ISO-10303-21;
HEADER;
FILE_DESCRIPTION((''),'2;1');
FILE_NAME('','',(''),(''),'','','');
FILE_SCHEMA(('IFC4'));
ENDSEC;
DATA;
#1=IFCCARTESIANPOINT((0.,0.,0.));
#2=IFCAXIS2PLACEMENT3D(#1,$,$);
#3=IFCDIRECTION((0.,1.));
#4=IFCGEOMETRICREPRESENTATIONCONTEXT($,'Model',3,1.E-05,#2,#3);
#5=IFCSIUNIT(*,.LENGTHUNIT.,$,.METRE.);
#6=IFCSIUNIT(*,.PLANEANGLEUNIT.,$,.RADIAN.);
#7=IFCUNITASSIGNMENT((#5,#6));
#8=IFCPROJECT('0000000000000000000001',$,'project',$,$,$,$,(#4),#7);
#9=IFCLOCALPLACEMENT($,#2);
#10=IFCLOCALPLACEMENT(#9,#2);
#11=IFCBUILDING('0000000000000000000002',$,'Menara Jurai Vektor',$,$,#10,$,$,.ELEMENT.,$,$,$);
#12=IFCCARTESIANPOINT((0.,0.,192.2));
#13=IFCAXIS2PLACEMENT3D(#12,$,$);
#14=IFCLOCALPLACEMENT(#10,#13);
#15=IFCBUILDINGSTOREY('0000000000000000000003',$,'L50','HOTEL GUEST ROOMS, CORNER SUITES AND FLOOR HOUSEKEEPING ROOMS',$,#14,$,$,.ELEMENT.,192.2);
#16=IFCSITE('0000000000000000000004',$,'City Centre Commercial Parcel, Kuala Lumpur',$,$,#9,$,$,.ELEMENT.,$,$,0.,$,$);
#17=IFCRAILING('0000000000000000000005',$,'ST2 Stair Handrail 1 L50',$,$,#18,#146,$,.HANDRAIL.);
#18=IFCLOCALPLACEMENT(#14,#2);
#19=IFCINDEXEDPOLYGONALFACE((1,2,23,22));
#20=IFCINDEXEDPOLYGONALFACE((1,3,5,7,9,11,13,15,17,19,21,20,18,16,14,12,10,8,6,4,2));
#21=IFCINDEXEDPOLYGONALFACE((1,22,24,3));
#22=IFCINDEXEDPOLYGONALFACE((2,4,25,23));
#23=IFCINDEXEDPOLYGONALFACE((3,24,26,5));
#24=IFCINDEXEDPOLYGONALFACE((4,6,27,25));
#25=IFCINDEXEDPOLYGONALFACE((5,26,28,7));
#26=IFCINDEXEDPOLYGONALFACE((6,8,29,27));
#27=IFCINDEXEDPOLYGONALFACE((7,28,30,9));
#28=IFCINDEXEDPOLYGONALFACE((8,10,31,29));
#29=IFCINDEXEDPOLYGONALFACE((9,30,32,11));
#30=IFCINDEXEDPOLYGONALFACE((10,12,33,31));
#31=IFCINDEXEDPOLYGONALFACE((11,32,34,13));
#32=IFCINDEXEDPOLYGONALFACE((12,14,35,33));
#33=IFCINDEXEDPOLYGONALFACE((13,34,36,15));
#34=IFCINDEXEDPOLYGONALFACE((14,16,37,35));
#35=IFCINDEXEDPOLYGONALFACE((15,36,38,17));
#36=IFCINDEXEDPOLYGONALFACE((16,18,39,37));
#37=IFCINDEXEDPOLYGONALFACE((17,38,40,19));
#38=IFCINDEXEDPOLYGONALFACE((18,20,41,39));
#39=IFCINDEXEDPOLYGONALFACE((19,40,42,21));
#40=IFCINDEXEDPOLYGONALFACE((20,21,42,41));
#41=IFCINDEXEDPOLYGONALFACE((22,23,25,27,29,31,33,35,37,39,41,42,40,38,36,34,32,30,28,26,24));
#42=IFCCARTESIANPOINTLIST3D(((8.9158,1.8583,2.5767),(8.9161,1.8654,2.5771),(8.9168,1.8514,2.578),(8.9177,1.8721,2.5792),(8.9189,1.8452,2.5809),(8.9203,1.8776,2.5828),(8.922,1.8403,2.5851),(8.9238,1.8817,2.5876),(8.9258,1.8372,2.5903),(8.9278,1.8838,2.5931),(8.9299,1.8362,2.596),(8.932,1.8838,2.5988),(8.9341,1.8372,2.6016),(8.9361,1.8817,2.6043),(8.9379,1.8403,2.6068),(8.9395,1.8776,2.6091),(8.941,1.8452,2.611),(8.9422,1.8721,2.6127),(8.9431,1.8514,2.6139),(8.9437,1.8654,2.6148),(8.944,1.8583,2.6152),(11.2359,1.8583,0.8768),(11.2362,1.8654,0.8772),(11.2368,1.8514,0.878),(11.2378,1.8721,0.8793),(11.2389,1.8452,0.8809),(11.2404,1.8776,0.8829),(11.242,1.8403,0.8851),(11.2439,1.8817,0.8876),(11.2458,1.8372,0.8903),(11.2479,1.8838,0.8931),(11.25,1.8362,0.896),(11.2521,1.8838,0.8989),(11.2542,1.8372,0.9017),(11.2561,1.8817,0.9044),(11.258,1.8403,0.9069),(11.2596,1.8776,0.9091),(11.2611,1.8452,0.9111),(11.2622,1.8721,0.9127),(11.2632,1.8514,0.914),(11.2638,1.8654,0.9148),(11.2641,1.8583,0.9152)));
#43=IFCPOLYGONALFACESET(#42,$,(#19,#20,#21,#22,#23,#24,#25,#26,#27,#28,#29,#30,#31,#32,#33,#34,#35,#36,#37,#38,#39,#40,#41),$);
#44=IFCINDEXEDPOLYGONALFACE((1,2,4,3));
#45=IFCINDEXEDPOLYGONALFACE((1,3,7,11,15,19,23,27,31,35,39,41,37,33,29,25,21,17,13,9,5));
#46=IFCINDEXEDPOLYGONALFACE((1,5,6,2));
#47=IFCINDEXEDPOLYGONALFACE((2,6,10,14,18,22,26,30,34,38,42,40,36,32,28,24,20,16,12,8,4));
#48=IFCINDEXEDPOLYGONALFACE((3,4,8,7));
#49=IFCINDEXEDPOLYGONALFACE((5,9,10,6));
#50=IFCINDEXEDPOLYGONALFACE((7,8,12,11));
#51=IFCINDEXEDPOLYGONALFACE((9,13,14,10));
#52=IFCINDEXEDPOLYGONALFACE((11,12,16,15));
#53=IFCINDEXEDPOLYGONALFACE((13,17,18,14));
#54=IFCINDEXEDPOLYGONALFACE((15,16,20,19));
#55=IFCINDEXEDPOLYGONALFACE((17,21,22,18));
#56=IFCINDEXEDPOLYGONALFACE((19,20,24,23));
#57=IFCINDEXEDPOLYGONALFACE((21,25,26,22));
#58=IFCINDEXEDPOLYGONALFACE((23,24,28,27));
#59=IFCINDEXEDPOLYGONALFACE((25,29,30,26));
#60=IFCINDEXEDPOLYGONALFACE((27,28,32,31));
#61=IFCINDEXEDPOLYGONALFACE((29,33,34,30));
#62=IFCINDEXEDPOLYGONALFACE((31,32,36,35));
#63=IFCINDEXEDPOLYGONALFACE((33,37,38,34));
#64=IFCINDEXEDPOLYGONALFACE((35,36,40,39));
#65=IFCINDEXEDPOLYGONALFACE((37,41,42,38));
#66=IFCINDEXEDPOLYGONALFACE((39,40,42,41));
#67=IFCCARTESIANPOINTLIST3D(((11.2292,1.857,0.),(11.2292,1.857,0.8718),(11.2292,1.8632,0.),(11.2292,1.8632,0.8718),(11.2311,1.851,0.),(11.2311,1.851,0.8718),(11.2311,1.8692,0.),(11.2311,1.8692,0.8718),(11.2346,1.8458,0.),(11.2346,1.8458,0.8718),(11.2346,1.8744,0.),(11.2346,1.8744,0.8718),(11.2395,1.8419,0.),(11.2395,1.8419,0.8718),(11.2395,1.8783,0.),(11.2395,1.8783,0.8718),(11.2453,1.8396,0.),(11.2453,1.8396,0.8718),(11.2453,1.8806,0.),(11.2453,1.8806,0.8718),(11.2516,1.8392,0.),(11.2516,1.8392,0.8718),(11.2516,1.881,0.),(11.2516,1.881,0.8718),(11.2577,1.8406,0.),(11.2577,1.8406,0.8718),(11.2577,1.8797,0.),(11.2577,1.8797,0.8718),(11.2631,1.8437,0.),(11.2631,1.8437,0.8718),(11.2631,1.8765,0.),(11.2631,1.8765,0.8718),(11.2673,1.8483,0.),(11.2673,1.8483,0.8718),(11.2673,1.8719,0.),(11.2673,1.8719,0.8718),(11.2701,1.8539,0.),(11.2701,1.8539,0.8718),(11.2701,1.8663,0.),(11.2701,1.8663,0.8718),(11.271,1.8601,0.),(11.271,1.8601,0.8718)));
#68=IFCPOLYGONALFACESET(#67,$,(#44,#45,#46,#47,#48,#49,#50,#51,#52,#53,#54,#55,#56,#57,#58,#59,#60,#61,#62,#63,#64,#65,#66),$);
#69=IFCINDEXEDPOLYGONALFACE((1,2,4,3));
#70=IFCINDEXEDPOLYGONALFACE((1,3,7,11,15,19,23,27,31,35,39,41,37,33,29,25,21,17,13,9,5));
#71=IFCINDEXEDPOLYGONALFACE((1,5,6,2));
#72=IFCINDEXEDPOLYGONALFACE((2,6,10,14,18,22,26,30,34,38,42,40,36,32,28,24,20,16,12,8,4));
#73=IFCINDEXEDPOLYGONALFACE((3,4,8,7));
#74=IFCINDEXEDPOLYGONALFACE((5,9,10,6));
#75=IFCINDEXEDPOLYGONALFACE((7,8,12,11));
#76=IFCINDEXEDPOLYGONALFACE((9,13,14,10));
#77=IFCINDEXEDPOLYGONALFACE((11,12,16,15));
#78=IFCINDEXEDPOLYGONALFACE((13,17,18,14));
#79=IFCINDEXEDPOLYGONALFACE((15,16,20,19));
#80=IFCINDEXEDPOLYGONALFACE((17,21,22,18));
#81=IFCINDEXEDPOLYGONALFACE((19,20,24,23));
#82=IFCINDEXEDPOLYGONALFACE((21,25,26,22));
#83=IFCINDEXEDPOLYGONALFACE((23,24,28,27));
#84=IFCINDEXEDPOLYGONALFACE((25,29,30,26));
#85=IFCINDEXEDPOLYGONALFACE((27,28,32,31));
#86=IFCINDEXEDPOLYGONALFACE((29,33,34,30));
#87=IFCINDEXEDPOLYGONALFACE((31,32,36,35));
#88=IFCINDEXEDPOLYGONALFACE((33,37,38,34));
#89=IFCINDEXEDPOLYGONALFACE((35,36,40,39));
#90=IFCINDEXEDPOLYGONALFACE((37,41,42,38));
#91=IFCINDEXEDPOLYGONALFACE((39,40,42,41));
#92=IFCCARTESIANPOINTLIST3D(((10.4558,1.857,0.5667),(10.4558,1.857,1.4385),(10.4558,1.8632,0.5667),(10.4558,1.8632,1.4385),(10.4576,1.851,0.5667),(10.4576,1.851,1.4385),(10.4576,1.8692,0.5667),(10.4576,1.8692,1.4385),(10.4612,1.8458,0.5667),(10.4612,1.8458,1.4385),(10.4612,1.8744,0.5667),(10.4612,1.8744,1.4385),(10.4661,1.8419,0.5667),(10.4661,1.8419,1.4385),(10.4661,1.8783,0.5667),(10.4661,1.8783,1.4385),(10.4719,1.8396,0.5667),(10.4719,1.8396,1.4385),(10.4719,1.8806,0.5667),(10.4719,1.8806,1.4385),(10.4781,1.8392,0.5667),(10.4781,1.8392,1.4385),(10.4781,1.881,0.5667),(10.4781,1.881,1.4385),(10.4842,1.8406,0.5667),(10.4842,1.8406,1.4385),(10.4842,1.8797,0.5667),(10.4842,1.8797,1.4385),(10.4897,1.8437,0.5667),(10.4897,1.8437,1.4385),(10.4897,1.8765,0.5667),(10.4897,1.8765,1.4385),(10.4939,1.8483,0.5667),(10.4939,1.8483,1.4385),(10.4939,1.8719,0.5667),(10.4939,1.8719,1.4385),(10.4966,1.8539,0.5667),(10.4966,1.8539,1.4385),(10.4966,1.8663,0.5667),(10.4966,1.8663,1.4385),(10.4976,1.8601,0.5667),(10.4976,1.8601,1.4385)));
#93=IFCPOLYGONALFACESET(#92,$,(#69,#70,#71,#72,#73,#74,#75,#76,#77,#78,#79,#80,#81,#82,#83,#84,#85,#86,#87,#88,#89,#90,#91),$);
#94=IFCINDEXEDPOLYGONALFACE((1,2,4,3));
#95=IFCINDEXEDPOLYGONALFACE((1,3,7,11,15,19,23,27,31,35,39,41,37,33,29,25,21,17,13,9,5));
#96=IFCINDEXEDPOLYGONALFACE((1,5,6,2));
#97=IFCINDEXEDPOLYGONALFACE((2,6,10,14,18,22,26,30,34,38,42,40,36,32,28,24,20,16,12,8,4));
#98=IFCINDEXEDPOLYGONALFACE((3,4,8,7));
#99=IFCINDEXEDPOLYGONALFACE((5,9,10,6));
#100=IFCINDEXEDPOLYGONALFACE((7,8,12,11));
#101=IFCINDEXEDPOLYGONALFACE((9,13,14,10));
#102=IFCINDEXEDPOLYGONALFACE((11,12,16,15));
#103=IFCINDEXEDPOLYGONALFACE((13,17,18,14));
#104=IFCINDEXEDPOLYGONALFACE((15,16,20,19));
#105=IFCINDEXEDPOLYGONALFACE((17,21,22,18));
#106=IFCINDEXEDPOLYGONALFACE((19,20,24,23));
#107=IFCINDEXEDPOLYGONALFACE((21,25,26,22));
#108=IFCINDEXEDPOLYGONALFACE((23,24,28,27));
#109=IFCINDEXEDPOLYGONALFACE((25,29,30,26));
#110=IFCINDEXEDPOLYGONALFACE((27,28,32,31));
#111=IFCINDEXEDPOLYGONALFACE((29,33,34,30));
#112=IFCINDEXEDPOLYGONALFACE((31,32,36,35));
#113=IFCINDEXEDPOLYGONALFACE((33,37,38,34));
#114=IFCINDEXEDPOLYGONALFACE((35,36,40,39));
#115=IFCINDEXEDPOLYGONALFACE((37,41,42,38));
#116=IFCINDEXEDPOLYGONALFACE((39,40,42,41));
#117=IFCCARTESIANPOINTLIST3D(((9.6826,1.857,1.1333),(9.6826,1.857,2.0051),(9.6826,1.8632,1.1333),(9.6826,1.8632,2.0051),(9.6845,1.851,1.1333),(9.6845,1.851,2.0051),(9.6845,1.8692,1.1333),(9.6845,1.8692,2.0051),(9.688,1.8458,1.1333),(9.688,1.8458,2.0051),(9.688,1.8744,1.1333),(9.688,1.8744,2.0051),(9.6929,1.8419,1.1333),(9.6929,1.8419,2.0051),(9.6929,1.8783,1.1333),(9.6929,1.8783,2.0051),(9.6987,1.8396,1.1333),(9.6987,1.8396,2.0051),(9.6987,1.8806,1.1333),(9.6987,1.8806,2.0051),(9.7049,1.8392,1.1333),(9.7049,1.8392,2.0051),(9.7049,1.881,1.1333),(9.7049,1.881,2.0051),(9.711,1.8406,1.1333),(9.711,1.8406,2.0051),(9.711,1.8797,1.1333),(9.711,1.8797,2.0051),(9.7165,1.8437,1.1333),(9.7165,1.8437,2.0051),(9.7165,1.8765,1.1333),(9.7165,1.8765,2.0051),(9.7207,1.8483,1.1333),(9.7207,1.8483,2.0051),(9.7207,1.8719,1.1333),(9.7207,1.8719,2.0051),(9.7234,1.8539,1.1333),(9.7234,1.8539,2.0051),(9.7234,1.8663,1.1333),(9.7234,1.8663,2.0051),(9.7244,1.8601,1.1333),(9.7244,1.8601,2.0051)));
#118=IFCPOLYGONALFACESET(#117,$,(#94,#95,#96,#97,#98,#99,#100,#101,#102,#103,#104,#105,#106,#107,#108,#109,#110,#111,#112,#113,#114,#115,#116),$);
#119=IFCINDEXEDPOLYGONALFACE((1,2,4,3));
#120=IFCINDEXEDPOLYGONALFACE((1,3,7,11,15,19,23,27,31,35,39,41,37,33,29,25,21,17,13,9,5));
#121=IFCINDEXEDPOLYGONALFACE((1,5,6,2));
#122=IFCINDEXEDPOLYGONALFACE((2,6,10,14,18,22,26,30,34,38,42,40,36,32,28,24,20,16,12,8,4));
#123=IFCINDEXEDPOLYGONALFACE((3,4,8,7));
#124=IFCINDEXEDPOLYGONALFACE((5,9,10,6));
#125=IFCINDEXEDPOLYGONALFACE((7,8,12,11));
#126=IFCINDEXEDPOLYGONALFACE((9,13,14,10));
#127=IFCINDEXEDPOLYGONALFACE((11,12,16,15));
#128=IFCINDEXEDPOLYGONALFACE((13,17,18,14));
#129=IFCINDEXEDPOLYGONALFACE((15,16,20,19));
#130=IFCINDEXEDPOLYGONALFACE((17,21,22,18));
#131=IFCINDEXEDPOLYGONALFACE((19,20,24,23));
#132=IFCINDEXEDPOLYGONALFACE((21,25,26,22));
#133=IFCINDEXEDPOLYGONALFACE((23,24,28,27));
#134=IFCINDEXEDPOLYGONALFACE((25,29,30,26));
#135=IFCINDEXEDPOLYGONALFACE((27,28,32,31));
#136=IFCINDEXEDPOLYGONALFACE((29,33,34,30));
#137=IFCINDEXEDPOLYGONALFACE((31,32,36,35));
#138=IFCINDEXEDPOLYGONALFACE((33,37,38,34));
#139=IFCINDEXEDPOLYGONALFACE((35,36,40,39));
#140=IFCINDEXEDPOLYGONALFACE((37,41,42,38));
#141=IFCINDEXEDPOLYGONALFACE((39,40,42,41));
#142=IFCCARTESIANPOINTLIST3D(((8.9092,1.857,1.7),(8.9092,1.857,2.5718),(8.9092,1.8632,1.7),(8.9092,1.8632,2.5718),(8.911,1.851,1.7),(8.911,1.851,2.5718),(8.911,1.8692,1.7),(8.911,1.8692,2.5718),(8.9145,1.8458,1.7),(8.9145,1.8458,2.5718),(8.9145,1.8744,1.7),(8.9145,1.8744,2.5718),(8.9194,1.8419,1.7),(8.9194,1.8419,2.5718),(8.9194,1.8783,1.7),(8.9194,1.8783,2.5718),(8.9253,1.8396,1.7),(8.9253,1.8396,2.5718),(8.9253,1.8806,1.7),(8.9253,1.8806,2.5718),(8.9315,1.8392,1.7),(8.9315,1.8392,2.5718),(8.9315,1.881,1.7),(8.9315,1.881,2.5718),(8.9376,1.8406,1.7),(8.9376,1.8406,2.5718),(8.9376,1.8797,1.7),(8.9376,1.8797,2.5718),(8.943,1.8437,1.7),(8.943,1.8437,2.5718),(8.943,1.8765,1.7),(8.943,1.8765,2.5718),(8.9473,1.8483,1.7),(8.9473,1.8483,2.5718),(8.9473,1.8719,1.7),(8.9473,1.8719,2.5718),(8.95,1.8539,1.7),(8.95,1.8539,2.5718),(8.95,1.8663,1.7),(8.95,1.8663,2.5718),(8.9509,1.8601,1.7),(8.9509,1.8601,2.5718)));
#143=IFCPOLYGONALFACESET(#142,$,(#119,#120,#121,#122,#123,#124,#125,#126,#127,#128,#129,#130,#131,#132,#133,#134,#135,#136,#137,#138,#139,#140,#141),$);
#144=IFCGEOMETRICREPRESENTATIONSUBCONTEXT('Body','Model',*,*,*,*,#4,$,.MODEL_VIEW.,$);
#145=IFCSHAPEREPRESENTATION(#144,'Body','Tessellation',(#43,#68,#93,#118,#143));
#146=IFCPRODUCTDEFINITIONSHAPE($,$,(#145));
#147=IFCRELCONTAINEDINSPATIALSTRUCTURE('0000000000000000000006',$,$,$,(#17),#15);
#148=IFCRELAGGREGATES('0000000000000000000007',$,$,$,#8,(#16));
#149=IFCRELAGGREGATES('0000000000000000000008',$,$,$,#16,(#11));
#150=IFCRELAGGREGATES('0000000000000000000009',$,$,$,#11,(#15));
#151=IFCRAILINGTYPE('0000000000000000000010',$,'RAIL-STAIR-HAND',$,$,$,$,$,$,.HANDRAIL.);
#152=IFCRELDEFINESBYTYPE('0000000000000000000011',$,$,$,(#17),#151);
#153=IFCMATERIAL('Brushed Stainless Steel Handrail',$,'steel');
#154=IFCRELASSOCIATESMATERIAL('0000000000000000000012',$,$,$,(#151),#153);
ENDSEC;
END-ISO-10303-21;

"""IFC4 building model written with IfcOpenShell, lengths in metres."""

from ifc_helpers import new_model, si_unit, direction, frame, origin, origin_2d, place, context, subcontext, project, spatial, circle, extrude, material, type_object, element, save


model = new_model("IFC4")

# Units and contexts
model_context = context("Model", 3, precision=1e-05, world=origin(), true_north=direction((0.0, 1.0)))
body_context = subcontext(model_context, "Body", "Model", "MODEL_VIEW")
ifc_project = project(units=[si_unit("LENGTHUNIT", "METRE"), si_unit("PLANEANGLEUNIT", "RADIAN")], contexts=[model_context])

# Site, building, storey
site_placement = place(None, origin())
site = spatial("IfcSite", under=ifc_project, at=site_placement, Name="City Centre Commercial Parcel, Kuala Lumpur", CompositionType="ELEMENT", RefElevation=0.0)
building_placement = place(site_placement, origin())
building = spatial("IfcBuilding", under=site, at=building_placement, Name="Menara Jurai Vektor", CompositionType="ELEMENT")
storey_placement = place(building_placement, frame((0.0, 0.0, 192.2)))
storey = spatial("IfcBuildingStorey", under=building, at=storey_placement, Name="L50", Description="HOTEL GUEST ROOMS, CORNER SUITES AND FLOOR HOUSEKEEPING ROOMS", CompositionType="ELEMENT", Elevation=192.2)

# Railing
ifc_material_1 = material(Name="Brushed Stainless Steel Handrail", Category="steel")
railing_type_1 = type_object("IfcRailingType", Name="RAIL-STAIR-HAND", PredefinedType="HANDRAIL", material=ifc_material_1)
railing_1_placement = place(storey_placement, frame((11.25, 1.8601, 0.0)))
element("IfcRailing", 1, at=railing_1_placement, inside=storey, type_object=railing_type_1, Name="ST2 Stair Handrail 1 L50", PredefinedType="HANDRAIL", context=body_context, shape_type="SweptSolid", body=[
    extrude(circle(Radius=0.0239, at=origin_2d()), frame((0.0, 0.0, 0.896), z_axis=(-0.806642, 0.0, 0.59104), x_axis=(0.0, -1.0, 0.0)), (0.0, 0.0, 1.0), 2.8762),
    extrude(circle(Radius=0.021, at=origin_2d()), origin(), (0.0, 0.0, 1.0), 0.8718),
    extrude(circle(Radius=0.021, at=origin_2d()), frame((-0.7734, 0.0, 0.5667)), (0.0, 0.0, 1.0), 0.8718),
    extrude(circle(Radius=0.021, at=origin_2d()), frame((-1.5466, 0.0, 1.1333)), (0.0, 0.0, 1.0), 0.8718),
    extrude(circle(Radius=0.021, at=origin_2d()), frame((-2.3201, 0.0, 1.7)), (0.0, 0.0, 1.0), 0.8718),
])

save(model, "model.ifc")
